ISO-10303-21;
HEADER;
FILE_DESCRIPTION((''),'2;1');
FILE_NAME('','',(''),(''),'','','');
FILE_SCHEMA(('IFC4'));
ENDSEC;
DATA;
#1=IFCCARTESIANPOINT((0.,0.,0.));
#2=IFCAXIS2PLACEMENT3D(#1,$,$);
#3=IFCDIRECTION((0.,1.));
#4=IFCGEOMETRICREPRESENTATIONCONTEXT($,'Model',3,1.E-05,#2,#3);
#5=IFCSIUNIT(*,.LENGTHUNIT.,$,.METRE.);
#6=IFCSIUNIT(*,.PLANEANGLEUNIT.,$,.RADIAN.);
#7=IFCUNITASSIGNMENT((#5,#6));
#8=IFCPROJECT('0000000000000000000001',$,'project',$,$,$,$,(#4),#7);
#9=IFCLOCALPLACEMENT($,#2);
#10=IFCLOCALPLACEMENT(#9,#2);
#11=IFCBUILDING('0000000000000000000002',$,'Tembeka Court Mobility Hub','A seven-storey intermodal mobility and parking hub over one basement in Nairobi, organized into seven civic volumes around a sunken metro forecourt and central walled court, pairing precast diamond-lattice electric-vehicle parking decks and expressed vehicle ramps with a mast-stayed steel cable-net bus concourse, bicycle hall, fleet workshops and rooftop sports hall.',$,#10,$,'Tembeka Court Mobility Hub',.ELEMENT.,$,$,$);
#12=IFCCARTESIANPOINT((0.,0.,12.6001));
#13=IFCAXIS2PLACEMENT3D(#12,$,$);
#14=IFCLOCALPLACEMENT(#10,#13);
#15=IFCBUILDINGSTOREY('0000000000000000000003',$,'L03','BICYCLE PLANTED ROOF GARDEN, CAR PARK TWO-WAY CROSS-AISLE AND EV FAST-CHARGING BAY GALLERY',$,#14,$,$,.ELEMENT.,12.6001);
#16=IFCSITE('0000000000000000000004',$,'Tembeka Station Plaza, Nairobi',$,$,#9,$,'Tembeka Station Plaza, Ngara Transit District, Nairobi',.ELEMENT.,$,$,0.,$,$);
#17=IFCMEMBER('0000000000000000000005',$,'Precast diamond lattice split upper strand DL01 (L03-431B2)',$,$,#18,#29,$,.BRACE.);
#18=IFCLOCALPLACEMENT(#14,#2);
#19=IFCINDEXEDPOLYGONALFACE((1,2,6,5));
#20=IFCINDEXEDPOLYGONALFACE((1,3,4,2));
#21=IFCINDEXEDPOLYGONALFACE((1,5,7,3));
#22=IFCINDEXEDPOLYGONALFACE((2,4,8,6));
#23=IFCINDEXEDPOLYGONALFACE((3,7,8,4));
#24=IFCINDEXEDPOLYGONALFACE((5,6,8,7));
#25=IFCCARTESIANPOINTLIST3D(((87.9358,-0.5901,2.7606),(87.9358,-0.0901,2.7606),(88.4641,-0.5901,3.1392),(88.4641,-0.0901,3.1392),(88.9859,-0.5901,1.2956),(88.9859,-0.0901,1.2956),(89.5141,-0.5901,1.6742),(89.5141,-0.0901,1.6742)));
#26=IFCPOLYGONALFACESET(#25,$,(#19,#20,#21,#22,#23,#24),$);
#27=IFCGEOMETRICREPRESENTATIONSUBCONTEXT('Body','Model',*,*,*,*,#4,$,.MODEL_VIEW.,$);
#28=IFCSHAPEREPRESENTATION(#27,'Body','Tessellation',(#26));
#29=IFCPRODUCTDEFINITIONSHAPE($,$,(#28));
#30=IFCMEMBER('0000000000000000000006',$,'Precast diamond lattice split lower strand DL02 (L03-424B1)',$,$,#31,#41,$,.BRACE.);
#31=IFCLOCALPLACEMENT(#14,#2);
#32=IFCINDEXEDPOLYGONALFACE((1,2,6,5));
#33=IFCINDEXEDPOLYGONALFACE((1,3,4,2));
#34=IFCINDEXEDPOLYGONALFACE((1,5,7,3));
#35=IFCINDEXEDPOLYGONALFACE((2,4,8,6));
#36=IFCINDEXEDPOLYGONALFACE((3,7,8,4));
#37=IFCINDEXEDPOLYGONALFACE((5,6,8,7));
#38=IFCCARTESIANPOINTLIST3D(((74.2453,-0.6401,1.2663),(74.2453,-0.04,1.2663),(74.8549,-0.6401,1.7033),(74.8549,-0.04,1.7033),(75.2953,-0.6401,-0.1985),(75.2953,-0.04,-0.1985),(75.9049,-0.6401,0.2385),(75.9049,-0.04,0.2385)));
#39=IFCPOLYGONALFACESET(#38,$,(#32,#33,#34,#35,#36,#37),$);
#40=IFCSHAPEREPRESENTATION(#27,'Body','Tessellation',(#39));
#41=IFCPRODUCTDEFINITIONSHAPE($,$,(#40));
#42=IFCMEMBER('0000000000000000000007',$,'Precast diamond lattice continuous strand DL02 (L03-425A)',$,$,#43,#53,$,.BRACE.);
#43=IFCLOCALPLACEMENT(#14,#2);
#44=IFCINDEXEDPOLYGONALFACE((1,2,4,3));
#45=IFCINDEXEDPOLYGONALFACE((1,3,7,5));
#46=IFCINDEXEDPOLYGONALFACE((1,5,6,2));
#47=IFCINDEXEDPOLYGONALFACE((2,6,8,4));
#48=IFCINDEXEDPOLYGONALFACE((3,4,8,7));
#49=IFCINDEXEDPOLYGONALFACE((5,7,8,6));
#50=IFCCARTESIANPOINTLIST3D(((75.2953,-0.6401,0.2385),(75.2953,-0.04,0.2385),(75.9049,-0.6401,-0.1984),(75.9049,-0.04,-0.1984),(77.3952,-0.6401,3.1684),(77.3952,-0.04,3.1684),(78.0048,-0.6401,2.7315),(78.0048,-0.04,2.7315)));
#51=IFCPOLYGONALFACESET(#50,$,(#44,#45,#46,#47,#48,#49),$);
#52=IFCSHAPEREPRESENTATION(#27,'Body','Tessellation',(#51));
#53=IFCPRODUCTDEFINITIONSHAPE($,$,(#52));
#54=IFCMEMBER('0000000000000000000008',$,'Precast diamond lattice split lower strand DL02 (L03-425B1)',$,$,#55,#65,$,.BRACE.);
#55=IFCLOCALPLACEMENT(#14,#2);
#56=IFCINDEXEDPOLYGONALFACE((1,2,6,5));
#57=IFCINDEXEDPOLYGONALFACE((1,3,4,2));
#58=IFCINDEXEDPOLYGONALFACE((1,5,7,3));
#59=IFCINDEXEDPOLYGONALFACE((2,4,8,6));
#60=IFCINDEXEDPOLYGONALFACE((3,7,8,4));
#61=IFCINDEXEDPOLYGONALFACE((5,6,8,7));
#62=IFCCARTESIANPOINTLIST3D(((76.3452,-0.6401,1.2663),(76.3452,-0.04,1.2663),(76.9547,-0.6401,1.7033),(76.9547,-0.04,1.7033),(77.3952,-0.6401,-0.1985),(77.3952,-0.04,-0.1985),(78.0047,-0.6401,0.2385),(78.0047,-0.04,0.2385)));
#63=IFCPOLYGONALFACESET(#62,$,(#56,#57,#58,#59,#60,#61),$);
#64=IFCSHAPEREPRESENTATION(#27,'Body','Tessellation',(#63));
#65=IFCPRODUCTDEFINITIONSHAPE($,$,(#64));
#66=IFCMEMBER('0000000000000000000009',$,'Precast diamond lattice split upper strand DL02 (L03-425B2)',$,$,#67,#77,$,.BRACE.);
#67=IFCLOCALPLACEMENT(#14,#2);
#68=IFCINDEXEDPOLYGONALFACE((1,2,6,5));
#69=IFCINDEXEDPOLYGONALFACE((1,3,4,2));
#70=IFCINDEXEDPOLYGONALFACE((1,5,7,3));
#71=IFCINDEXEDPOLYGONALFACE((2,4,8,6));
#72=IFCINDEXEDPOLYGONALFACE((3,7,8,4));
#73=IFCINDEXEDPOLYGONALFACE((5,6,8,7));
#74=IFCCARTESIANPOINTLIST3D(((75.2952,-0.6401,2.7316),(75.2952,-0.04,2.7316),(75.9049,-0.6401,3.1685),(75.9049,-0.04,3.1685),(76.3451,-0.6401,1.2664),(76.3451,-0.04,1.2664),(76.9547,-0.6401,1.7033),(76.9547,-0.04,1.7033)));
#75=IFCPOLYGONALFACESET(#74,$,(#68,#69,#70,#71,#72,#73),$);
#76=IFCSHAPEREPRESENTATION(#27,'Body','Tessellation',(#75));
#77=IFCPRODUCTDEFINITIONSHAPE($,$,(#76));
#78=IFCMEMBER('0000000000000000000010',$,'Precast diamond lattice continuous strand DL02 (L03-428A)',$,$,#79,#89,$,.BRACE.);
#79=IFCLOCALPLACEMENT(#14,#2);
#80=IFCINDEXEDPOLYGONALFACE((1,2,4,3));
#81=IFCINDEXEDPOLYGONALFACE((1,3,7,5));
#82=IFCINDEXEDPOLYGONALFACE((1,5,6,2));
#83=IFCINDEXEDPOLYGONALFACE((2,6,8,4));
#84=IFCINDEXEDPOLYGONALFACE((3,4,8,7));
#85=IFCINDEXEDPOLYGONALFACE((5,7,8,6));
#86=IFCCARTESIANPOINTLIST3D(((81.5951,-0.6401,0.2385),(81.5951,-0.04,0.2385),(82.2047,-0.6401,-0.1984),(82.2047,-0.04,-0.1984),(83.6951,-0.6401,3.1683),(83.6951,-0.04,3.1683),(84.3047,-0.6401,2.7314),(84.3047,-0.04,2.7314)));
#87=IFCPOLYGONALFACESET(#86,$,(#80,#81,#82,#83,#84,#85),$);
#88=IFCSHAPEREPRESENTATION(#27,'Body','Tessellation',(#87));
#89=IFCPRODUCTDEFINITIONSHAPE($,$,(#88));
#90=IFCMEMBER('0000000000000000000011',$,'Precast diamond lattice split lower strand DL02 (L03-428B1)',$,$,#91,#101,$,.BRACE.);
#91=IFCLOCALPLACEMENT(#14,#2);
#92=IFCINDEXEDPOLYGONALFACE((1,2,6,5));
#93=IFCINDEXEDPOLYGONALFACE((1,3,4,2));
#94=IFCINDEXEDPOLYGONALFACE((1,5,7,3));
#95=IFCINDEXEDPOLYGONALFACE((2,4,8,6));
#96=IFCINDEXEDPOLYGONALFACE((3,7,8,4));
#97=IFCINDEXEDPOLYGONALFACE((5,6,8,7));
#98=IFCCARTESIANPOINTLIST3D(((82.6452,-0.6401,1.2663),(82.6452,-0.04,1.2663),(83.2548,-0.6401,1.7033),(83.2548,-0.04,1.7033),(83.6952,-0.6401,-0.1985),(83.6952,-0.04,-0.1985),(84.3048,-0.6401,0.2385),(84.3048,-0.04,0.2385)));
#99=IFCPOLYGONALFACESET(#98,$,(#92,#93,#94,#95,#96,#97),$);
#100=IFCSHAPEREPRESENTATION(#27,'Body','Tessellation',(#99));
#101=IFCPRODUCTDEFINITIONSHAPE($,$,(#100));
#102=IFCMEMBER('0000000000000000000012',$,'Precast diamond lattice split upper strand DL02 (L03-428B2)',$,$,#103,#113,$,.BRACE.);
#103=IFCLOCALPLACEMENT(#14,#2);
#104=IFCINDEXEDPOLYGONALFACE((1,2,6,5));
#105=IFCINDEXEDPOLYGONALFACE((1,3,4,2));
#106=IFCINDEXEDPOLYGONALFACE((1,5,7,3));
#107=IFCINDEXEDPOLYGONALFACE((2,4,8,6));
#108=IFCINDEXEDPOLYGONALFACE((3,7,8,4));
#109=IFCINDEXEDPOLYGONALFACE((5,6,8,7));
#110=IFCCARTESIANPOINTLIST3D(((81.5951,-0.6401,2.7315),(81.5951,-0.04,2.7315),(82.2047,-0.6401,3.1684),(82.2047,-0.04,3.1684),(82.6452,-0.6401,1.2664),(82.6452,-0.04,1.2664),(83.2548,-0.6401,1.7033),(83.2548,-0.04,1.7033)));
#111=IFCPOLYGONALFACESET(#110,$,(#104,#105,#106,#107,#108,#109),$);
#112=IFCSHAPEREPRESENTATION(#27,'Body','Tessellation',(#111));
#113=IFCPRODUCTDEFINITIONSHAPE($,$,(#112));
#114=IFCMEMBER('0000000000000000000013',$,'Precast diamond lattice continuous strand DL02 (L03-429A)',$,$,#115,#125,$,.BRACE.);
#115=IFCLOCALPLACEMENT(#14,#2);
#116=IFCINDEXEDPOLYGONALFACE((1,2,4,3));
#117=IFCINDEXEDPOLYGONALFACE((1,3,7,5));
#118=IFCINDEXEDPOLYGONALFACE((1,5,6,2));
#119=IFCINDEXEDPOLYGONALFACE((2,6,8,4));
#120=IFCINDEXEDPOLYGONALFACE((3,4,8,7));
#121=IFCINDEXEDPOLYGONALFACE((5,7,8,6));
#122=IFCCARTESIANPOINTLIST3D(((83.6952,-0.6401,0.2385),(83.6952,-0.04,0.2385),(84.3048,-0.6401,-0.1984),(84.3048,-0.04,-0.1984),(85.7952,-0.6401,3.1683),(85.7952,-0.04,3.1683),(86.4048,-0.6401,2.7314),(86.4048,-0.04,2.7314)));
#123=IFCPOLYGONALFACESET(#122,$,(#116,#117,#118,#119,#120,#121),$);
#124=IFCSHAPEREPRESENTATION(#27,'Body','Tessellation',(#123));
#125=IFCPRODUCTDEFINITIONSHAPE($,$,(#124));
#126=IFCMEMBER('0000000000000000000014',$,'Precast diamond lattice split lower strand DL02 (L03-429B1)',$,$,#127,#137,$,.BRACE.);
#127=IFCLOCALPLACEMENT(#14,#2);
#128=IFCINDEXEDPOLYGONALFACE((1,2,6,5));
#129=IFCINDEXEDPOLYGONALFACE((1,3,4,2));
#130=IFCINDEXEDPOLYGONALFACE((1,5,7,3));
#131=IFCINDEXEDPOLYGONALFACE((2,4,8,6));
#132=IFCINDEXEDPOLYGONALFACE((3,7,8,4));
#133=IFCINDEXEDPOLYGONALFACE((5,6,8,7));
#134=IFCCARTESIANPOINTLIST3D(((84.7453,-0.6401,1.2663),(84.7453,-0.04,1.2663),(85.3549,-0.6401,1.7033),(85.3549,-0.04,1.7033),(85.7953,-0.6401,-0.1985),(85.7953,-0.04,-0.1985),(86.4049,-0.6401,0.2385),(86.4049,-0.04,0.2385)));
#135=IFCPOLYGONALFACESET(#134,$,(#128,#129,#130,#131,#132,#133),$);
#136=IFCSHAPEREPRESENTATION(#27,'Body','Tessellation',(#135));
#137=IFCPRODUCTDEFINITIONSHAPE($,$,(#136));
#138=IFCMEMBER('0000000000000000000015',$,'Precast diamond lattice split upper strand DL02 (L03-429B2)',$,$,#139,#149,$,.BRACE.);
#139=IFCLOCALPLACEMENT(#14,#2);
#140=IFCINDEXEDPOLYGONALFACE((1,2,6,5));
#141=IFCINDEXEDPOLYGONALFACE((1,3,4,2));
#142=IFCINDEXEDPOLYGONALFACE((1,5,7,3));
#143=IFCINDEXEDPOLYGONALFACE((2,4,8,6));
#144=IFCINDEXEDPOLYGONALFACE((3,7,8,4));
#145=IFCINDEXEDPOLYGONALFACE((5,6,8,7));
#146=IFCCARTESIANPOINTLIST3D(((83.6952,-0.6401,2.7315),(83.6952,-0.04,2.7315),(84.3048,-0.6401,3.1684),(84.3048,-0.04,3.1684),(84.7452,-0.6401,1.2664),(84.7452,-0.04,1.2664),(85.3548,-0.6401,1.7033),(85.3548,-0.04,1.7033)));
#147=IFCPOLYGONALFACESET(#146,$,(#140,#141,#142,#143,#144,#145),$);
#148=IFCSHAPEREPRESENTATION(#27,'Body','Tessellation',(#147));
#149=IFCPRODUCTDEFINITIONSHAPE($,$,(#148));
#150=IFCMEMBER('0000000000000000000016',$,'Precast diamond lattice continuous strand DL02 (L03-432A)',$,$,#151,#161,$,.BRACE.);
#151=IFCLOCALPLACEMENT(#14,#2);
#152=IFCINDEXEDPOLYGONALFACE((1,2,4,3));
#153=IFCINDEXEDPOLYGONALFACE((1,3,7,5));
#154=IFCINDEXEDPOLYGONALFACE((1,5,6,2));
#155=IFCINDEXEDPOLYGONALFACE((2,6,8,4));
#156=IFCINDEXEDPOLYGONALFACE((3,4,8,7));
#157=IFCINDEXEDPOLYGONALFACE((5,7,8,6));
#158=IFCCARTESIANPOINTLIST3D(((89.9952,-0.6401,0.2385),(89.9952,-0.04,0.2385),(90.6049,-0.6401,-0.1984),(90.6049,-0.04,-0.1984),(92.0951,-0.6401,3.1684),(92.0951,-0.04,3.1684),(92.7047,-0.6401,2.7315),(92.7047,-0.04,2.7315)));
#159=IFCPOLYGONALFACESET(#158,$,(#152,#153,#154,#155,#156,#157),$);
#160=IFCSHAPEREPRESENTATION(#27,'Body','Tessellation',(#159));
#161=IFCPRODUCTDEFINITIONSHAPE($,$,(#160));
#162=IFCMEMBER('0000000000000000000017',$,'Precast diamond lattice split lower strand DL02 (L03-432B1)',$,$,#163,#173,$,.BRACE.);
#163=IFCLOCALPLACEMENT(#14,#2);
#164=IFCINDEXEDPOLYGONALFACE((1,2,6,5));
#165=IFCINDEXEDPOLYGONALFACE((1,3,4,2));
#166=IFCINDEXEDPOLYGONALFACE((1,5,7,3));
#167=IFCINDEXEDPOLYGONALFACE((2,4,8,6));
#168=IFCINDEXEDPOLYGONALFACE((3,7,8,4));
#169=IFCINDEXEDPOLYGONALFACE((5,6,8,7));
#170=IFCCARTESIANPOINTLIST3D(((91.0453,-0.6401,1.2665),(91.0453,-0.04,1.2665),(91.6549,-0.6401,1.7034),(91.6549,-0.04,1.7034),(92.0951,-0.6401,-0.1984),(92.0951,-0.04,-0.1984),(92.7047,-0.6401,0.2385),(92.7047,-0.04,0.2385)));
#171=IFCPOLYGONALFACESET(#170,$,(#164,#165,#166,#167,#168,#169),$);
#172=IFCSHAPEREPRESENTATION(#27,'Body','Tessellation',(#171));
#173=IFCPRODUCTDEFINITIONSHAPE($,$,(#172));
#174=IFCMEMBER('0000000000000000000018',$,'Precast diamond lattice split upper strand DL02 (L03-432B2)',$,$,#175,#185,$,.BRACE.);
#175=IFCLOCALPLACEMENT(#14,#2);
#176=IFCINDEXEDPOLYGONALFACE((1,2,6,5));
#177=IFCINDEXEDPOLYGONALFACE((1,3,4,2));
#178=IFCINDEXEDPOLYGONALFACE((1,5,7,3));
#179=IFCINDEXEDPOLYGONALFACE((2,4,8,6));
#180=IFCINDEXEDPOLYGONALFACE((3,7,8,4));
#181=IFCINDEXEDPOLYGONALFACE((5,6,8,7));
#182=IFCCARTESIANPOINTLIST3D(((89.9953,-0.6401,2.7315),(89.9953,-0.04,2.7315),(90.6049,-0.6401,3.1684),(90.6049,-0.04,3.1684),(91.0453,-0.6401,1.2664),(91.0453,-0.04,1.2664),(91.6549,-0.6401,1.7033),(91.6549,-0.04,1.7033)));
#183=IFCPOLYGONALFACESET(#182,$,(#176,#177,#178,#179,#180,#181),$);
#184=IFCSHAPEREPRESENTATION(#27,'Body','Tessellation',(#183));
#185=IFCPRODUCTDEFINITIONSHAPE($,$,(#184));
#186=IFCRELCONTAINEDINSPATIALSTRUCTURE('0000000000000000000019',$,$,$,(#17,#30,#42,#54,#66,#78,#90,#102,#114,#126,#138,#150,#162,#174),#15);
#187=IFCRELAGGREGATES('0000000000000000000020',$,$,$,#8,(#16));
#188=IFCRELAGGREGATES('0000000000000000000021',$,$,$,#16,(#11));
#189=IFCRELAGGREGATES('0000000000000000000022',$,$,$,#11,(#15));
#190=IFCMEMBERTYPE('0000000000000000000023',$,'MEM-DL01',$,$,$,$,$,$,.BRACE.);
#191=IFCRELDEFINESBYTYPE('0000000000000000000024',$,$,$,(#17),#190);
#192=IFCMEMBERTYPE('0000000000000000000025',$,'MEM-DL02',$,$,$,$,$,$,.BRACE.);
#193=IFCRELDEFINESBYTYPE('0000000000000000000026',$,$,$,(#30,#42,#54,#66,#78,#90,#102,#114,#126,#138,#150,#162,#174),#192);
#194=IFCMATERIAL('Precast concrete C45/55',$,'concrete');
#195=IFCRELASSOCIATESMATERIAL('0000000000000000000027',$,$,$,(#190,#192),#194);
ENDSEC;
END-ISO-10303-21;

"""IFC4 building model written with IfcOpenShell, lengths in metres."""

from ifc_helpers import new_model, si_unit, direction, frame, origin, origin_2d, place, context, subcontext, project, spatial, rectangle, extrude, material, material_profile, profile_set, type_object, element, save


model = new_model("IFC4")

# Units and contexts
model_context = context("Model", 3, precision=1e-05, world=origin(), true_north=direction((0.0, 1.0)))
body_context = subcontext(model_context, "Body", "Model", "MODEL_VIEW")
ifc_project = project(units=[si_unit("LENGTHUNIT", "METRE"), si_unit("PLANEANGLEUNIT", "RADIAN")], contexts=[model_context])

# Site, building, storey
site_placement = place(None, origin())
site = spatial("IfcSite", under=ifc_project, at=site_placement, Name="Tembeka Station Plaza, Nairobi", LongName="Tembeka Station Plaza, Ngara Transit District, Nairobi", CompositionType="ELEMENT", RefElevation=0.0)
building_placement = place(site_placement, origin())
building = spatial("IfcBuilding", under=site, at=building_placement, Name="Tembeka Court Mobility Hub", Description="A seven-storey intermodal mobility and parking hub over one basement in Nairobi, organized into seven civic volumes around a sunken metro forecourt and central walled court, pairing precast diamond-lattice electric-vehicle parking decks and expressed vehicle ramps with a mast-stayed steel cable-net bus concourse, bicycle hall, fleet workshops and rooftop sports hall.", LongName="Tembeka Court Mobility Hub", CompositionType="ELEMENT")
storey_placement = place(building_placement, frame((0.0, 0.0, 12.6001)))
storey = spatial("IfcBuildingStorey", under=building, at=storey_placement, Name="L03", Description="BICYCLE PLANTED ROOF GARDEN, CAR PARK TWO-WAY CROSS-AISLE AND EV FAST-CHARGING BAY GALLERY", CompositionType="ELEMENT", Elevation=12.6001)

# Members
ifc_material_1 = material(Name="Precast concrete C45/55", Category="concrete")
ifc_material_profile_1 = material_profile(ifc_material_1, rectangle(XDim=0.5, YDim=0.6499, at=origin_2d()), Name="PC-DIAG 500x650")
ifc_profile_set_1 = profile_set([ifc_material_profile_1], Name="Precast concrete C45/55")
member_type_1 = type_object("IfcMemberType", Name="MEM-DL01", PredefinedType="BRACE", material=ifc_profile_set_1)
member_1_placement = place(storey_placement, frame((89.25, -0.3401, 1.4849), z_axis=(-0.582544, 0.0, 0.812799), x_axis=(0.0, -1.0, 0.0)))
element("IfcMember", 1, at=member_1_placement, inside=storey, type_object=member_type_1, Name="Precast diamond lattice split upper strand DL01 (L03-431B2)", PredefinedType="BRACE", context=body_context, shape_type="SweptSolid", body=[
    extrude(rectangle(XDim=0.5, YDim=0.6499, at=origin_2d()), origin(), (0.0, 0.0, 1.0), 1.8025),
])
ifc_material_profile_2 = material_profile(ifc_material_1, rectangle(XDim=0.6001, YDim=0.75, at=origin_2d()), Name="PC-DIAG 600x750")
ifc_profile_set_2 = profile_set([ifc_material_profile_2], Name="Precast concrete C45/55")
member_type_2 = type_object("IfcMemberType", Name="MEM-DL02", PredefinedType="BRACE", material=ifc_profile_set_2)
member_2_placement = place(storey_placement, frame((75.6001, -0.3401, 0.02), z_axis=(-0.582608, 0.0, 0.812753), x_axis=(0.0, -1.0, 0.0)))
element("IfcMember", 2, at=member_2_placement, inside=storey, type_object=member_type_2, Name="Precast diamond lattice split lower strand DL02 (L03-424B1)", PredefinedType="BRACE", context=body_context, shape_type="SweptSolid", body=[
    extrude(rectangle(XDim=0.6001, YDim=0.75, at=origin_2d()), origin(), (0.0, 0.0, 1.0), 1.8022),
])
member_3_placement = place(storey_placement, frame((75.6001, -0.3401, 0.02), z_axis=(0.582532, 0.0, 0.812808), x_axis=(0.0, 1.0, 0.0)))
element("IfcMember", 3, at=member_3_placement, inside=storey, type_object=member_type_2, Name="Precast diamond lattice continuous strand DL02 (L03-425A)", PredefinedType="BRACE", context=body_context, shape_type="SweptSolid", body=[
    extrude(rectangle(XDim=0.6001, YDim=0.75, at=origin_2d()), origin(), (0.0, 0.0, 1.0), 3.6047),
])
member_4_placement = place(storey_placement, frame((77.7, -0.3401, 0.02), z_axis=(-0.582608, 0.0, 0.812753), x_axis=(0.0, -1.0, 0.0)))
element("IfcMember", 4, at=member_4_placement, inside=storey, type_object=member_type_2, Name="Precast diamond lattice split lower strand DL02 (L03-425B1)", PredefinedType="BRACE", context=body_context, shape_type="SweptSolid", body=[
    extrude(rectangle(XDim=0.6001, YDim=0.75, at=origin_2d()), origin(), (0.0, 0.0, 1.0), 1.8022),
])
member_5_placement = place(storey_placement, frame((76.6499, -0.3401, 1.4849), z_axis=(-0.582455, 0.0, 0.812863), x_axis=(0.0, -1.0, 0.0)))
element("IfcMember", 5, at=member_5_placement, inside=storey, type_object=member_type_2, Name="Precast diamond lattice split upper strand DL02 (L03-425B2)", PredefinedType="BRACE", context=body_context, shape_type="SweptSolid", body=[
    extrude(rectangle(XDim=0.6001, YDim=0.75, at=origin_2d()), origin(), (0.0, 0.0, 1.0), 1.8025),
])
member_6_placement = place(storey_placement, frame((81.8999, -0.3401, 0.02), z_axis=(0.582576, 0.0, 0.812776), x_axis=(0.0, 1.0, 0.0)))
element("IfcMember", 6, at=member_6_placement, inside=storey, type_object=member_type_2, Name="Precast diamond lattice continuous strand DL02 (L03-428A)", PredefinedType="BRACE", context=body_context, shape_type="SweptSolid", body=[
    extrude(rectangle(XDim=0.6001, YDim=0.75, at=origin_2d()), origin(), (0.0, 0.0, 1.0), 3.6047),
])
member_7_placement = place(storey_placement, frame((84.0, -0.3401, 0.02), z_axis=(-0.582608, 0.0, 0.812753), x_axis=(0.0, -1.0, 0.0)))
element("IfcMember", 7, at=member_7_placement, inside=storey, type_object=member_type_2, Name="Precast diamond lattice split lower strand DL02 (L03-428B1)", PredefinedType="BRACE", context=body_context, shape_type="SweptSolid", body=[
    extrude(rectangle(XDim=0.6001, YDim=0.75, at=origin_2d()), origin(), (0.0, 0.0, 1.0), 1.8022),
])
member_8_placement = place(storey_placement, frame((82.95, -0.3401, 1.4849), z_axis=(-0.582544, 0.0, 0.812799), x_axis=(0.0, -1.0, 0.0)))
element("IfcMember", 8, at=member_8_placement, inside=storey, type_object=member_type_2, Name="Precast diamond lattice split upper strand DL02 (L03-428B2)", PredefinedType="BRACE", context=body_context, shape_type="SweptSolid", body=[
    extrude(rectangle(XDim=0.6001, YDim=0.75, at=origin_2d()), origin(), (0.0, 0.0, 1.0), 1.8025),
])
member_9_placement = place(storey_placement, frame((84.0, -0.3401, 0.02), z_axis=(0.582576, 0.0, 0.812776), x_axis=(0.0, 1.0, 0.0)))
element("IfcMember", 9, at=member_9_placement, inside=storey, type_object=member_type_2, Name="Precast diamond lattice continuous strand DL02 (L03-429A)", PredefinedType="BRACE", context=body_context, shape_type="SweptSolid", body=[
    extrude(rectangle(XDim=0.6001, YDim=0.75, at=origin_2d()), origin(), (0.0, 0.0, 1.0), 3.6047),
])
member_10_placement = place(storey_placement, frame((86.1001, -0.3401, 0.02), z_axis=(-0.582608, 0.0, 0.812753), x_axis=(0.0, -1.0, 0.0)))
element("IfcMember", 10, at=member_10_placement, inside=storey, type_object=member_type_2, Name="Precast diamond lattice split lower strand DL02 (L03-429B1)", PredefinedType="BRACE", context=body_context, shape_type="SweptSolid", body=[
    extrude(rectangle(XDim=0.6001, YDim=0.75, at=origin_2d()), origin(), (0.0, 0.0, 1.0), 1.8022),
])
member_11_placement = place(storey_placement, frame((85.05, -0.3401, 1.4849), z_axis=(-0.582544, 0.0, 0.812799), x_axis=(0.0, -1.0, 0.0)))
element("IfcMember", 11, at=member_11_placement, inside=storey, type_object=member_type_2, Name="Precast diamond lattice split upper strand DL02 (L03-429B2)", PredefinedType="BRACE", context=body_context, shape_type="SweptSolid", body=[
    extrude(rectangle(XDim=0.6001, YDim=0.75, at=origin_2d()), origin(), (0.0, 0.0, 1.0), 1.8025),
])
member_12_placement = place(storey_placement, frame((90.3, -0.3401, 0.02), z_axis=(0.582532, 0.0, 0.812808), x_axis=(0.0, 1.0, 0.0)))
element("IfcMember", 12, at=member_12_placement, inside=storey, type_object=member_type_2, Name="Precast diamond lattice continuous strand DL02 (L03-432A)", PredefinedType="BRACE", context=body_context, shape_type="SweptSolid", body=[
    extrude(rectangle(XDim=0.6001, YDim=0.75, at=origin_2d()), origin(), (0.0, 0.0, 1.0), 3.6047),
])
member_13_placement = place(storey_placement, frame((92.3999, -0.3401, 0.02), z_axis=(-0.582519, 0.0, 0.812817), x_axis=(0.0, -1.0, 0.0)))
element("IfcMember", 13, at=member_13_placement, inside=storey, type_object=member_type_2, Name="Precast diamond lattice split lower strand DL02 (L03-432B1)", PredefinedType="BRACE", context=body_context, shape_type="SweptSolid", body=[
    extrude(rectangle(XDim=0.6001, YDim=0.75, at=origin_2d()), origin(), (0.0, 0.0, 1.0), 1.8022),
])
member_14_placement = place(storey_placement, frame((91.3501, -0.3401, 1.4849), z_axis=(-0.582544, 0.0, 0.812799), x_axis=(0.0, -1.0, 0.0)))
element("IfcMember", 14, at=member_14_placement, inside=storey, type_object=member_type_2, Name="Precast diamond lattice split upper strand DL02 (L03-432B2)", PredefinedType="BRACE", context=body_context, shape_type="SweptSolid", body=[
    extrude(rectangle(XDim=0.6001, YDim=0.75, at=origin_2d()), origin(), (0.0, 0.0, 1.0), 1.8025),
])

save(model, "model.ifc")
